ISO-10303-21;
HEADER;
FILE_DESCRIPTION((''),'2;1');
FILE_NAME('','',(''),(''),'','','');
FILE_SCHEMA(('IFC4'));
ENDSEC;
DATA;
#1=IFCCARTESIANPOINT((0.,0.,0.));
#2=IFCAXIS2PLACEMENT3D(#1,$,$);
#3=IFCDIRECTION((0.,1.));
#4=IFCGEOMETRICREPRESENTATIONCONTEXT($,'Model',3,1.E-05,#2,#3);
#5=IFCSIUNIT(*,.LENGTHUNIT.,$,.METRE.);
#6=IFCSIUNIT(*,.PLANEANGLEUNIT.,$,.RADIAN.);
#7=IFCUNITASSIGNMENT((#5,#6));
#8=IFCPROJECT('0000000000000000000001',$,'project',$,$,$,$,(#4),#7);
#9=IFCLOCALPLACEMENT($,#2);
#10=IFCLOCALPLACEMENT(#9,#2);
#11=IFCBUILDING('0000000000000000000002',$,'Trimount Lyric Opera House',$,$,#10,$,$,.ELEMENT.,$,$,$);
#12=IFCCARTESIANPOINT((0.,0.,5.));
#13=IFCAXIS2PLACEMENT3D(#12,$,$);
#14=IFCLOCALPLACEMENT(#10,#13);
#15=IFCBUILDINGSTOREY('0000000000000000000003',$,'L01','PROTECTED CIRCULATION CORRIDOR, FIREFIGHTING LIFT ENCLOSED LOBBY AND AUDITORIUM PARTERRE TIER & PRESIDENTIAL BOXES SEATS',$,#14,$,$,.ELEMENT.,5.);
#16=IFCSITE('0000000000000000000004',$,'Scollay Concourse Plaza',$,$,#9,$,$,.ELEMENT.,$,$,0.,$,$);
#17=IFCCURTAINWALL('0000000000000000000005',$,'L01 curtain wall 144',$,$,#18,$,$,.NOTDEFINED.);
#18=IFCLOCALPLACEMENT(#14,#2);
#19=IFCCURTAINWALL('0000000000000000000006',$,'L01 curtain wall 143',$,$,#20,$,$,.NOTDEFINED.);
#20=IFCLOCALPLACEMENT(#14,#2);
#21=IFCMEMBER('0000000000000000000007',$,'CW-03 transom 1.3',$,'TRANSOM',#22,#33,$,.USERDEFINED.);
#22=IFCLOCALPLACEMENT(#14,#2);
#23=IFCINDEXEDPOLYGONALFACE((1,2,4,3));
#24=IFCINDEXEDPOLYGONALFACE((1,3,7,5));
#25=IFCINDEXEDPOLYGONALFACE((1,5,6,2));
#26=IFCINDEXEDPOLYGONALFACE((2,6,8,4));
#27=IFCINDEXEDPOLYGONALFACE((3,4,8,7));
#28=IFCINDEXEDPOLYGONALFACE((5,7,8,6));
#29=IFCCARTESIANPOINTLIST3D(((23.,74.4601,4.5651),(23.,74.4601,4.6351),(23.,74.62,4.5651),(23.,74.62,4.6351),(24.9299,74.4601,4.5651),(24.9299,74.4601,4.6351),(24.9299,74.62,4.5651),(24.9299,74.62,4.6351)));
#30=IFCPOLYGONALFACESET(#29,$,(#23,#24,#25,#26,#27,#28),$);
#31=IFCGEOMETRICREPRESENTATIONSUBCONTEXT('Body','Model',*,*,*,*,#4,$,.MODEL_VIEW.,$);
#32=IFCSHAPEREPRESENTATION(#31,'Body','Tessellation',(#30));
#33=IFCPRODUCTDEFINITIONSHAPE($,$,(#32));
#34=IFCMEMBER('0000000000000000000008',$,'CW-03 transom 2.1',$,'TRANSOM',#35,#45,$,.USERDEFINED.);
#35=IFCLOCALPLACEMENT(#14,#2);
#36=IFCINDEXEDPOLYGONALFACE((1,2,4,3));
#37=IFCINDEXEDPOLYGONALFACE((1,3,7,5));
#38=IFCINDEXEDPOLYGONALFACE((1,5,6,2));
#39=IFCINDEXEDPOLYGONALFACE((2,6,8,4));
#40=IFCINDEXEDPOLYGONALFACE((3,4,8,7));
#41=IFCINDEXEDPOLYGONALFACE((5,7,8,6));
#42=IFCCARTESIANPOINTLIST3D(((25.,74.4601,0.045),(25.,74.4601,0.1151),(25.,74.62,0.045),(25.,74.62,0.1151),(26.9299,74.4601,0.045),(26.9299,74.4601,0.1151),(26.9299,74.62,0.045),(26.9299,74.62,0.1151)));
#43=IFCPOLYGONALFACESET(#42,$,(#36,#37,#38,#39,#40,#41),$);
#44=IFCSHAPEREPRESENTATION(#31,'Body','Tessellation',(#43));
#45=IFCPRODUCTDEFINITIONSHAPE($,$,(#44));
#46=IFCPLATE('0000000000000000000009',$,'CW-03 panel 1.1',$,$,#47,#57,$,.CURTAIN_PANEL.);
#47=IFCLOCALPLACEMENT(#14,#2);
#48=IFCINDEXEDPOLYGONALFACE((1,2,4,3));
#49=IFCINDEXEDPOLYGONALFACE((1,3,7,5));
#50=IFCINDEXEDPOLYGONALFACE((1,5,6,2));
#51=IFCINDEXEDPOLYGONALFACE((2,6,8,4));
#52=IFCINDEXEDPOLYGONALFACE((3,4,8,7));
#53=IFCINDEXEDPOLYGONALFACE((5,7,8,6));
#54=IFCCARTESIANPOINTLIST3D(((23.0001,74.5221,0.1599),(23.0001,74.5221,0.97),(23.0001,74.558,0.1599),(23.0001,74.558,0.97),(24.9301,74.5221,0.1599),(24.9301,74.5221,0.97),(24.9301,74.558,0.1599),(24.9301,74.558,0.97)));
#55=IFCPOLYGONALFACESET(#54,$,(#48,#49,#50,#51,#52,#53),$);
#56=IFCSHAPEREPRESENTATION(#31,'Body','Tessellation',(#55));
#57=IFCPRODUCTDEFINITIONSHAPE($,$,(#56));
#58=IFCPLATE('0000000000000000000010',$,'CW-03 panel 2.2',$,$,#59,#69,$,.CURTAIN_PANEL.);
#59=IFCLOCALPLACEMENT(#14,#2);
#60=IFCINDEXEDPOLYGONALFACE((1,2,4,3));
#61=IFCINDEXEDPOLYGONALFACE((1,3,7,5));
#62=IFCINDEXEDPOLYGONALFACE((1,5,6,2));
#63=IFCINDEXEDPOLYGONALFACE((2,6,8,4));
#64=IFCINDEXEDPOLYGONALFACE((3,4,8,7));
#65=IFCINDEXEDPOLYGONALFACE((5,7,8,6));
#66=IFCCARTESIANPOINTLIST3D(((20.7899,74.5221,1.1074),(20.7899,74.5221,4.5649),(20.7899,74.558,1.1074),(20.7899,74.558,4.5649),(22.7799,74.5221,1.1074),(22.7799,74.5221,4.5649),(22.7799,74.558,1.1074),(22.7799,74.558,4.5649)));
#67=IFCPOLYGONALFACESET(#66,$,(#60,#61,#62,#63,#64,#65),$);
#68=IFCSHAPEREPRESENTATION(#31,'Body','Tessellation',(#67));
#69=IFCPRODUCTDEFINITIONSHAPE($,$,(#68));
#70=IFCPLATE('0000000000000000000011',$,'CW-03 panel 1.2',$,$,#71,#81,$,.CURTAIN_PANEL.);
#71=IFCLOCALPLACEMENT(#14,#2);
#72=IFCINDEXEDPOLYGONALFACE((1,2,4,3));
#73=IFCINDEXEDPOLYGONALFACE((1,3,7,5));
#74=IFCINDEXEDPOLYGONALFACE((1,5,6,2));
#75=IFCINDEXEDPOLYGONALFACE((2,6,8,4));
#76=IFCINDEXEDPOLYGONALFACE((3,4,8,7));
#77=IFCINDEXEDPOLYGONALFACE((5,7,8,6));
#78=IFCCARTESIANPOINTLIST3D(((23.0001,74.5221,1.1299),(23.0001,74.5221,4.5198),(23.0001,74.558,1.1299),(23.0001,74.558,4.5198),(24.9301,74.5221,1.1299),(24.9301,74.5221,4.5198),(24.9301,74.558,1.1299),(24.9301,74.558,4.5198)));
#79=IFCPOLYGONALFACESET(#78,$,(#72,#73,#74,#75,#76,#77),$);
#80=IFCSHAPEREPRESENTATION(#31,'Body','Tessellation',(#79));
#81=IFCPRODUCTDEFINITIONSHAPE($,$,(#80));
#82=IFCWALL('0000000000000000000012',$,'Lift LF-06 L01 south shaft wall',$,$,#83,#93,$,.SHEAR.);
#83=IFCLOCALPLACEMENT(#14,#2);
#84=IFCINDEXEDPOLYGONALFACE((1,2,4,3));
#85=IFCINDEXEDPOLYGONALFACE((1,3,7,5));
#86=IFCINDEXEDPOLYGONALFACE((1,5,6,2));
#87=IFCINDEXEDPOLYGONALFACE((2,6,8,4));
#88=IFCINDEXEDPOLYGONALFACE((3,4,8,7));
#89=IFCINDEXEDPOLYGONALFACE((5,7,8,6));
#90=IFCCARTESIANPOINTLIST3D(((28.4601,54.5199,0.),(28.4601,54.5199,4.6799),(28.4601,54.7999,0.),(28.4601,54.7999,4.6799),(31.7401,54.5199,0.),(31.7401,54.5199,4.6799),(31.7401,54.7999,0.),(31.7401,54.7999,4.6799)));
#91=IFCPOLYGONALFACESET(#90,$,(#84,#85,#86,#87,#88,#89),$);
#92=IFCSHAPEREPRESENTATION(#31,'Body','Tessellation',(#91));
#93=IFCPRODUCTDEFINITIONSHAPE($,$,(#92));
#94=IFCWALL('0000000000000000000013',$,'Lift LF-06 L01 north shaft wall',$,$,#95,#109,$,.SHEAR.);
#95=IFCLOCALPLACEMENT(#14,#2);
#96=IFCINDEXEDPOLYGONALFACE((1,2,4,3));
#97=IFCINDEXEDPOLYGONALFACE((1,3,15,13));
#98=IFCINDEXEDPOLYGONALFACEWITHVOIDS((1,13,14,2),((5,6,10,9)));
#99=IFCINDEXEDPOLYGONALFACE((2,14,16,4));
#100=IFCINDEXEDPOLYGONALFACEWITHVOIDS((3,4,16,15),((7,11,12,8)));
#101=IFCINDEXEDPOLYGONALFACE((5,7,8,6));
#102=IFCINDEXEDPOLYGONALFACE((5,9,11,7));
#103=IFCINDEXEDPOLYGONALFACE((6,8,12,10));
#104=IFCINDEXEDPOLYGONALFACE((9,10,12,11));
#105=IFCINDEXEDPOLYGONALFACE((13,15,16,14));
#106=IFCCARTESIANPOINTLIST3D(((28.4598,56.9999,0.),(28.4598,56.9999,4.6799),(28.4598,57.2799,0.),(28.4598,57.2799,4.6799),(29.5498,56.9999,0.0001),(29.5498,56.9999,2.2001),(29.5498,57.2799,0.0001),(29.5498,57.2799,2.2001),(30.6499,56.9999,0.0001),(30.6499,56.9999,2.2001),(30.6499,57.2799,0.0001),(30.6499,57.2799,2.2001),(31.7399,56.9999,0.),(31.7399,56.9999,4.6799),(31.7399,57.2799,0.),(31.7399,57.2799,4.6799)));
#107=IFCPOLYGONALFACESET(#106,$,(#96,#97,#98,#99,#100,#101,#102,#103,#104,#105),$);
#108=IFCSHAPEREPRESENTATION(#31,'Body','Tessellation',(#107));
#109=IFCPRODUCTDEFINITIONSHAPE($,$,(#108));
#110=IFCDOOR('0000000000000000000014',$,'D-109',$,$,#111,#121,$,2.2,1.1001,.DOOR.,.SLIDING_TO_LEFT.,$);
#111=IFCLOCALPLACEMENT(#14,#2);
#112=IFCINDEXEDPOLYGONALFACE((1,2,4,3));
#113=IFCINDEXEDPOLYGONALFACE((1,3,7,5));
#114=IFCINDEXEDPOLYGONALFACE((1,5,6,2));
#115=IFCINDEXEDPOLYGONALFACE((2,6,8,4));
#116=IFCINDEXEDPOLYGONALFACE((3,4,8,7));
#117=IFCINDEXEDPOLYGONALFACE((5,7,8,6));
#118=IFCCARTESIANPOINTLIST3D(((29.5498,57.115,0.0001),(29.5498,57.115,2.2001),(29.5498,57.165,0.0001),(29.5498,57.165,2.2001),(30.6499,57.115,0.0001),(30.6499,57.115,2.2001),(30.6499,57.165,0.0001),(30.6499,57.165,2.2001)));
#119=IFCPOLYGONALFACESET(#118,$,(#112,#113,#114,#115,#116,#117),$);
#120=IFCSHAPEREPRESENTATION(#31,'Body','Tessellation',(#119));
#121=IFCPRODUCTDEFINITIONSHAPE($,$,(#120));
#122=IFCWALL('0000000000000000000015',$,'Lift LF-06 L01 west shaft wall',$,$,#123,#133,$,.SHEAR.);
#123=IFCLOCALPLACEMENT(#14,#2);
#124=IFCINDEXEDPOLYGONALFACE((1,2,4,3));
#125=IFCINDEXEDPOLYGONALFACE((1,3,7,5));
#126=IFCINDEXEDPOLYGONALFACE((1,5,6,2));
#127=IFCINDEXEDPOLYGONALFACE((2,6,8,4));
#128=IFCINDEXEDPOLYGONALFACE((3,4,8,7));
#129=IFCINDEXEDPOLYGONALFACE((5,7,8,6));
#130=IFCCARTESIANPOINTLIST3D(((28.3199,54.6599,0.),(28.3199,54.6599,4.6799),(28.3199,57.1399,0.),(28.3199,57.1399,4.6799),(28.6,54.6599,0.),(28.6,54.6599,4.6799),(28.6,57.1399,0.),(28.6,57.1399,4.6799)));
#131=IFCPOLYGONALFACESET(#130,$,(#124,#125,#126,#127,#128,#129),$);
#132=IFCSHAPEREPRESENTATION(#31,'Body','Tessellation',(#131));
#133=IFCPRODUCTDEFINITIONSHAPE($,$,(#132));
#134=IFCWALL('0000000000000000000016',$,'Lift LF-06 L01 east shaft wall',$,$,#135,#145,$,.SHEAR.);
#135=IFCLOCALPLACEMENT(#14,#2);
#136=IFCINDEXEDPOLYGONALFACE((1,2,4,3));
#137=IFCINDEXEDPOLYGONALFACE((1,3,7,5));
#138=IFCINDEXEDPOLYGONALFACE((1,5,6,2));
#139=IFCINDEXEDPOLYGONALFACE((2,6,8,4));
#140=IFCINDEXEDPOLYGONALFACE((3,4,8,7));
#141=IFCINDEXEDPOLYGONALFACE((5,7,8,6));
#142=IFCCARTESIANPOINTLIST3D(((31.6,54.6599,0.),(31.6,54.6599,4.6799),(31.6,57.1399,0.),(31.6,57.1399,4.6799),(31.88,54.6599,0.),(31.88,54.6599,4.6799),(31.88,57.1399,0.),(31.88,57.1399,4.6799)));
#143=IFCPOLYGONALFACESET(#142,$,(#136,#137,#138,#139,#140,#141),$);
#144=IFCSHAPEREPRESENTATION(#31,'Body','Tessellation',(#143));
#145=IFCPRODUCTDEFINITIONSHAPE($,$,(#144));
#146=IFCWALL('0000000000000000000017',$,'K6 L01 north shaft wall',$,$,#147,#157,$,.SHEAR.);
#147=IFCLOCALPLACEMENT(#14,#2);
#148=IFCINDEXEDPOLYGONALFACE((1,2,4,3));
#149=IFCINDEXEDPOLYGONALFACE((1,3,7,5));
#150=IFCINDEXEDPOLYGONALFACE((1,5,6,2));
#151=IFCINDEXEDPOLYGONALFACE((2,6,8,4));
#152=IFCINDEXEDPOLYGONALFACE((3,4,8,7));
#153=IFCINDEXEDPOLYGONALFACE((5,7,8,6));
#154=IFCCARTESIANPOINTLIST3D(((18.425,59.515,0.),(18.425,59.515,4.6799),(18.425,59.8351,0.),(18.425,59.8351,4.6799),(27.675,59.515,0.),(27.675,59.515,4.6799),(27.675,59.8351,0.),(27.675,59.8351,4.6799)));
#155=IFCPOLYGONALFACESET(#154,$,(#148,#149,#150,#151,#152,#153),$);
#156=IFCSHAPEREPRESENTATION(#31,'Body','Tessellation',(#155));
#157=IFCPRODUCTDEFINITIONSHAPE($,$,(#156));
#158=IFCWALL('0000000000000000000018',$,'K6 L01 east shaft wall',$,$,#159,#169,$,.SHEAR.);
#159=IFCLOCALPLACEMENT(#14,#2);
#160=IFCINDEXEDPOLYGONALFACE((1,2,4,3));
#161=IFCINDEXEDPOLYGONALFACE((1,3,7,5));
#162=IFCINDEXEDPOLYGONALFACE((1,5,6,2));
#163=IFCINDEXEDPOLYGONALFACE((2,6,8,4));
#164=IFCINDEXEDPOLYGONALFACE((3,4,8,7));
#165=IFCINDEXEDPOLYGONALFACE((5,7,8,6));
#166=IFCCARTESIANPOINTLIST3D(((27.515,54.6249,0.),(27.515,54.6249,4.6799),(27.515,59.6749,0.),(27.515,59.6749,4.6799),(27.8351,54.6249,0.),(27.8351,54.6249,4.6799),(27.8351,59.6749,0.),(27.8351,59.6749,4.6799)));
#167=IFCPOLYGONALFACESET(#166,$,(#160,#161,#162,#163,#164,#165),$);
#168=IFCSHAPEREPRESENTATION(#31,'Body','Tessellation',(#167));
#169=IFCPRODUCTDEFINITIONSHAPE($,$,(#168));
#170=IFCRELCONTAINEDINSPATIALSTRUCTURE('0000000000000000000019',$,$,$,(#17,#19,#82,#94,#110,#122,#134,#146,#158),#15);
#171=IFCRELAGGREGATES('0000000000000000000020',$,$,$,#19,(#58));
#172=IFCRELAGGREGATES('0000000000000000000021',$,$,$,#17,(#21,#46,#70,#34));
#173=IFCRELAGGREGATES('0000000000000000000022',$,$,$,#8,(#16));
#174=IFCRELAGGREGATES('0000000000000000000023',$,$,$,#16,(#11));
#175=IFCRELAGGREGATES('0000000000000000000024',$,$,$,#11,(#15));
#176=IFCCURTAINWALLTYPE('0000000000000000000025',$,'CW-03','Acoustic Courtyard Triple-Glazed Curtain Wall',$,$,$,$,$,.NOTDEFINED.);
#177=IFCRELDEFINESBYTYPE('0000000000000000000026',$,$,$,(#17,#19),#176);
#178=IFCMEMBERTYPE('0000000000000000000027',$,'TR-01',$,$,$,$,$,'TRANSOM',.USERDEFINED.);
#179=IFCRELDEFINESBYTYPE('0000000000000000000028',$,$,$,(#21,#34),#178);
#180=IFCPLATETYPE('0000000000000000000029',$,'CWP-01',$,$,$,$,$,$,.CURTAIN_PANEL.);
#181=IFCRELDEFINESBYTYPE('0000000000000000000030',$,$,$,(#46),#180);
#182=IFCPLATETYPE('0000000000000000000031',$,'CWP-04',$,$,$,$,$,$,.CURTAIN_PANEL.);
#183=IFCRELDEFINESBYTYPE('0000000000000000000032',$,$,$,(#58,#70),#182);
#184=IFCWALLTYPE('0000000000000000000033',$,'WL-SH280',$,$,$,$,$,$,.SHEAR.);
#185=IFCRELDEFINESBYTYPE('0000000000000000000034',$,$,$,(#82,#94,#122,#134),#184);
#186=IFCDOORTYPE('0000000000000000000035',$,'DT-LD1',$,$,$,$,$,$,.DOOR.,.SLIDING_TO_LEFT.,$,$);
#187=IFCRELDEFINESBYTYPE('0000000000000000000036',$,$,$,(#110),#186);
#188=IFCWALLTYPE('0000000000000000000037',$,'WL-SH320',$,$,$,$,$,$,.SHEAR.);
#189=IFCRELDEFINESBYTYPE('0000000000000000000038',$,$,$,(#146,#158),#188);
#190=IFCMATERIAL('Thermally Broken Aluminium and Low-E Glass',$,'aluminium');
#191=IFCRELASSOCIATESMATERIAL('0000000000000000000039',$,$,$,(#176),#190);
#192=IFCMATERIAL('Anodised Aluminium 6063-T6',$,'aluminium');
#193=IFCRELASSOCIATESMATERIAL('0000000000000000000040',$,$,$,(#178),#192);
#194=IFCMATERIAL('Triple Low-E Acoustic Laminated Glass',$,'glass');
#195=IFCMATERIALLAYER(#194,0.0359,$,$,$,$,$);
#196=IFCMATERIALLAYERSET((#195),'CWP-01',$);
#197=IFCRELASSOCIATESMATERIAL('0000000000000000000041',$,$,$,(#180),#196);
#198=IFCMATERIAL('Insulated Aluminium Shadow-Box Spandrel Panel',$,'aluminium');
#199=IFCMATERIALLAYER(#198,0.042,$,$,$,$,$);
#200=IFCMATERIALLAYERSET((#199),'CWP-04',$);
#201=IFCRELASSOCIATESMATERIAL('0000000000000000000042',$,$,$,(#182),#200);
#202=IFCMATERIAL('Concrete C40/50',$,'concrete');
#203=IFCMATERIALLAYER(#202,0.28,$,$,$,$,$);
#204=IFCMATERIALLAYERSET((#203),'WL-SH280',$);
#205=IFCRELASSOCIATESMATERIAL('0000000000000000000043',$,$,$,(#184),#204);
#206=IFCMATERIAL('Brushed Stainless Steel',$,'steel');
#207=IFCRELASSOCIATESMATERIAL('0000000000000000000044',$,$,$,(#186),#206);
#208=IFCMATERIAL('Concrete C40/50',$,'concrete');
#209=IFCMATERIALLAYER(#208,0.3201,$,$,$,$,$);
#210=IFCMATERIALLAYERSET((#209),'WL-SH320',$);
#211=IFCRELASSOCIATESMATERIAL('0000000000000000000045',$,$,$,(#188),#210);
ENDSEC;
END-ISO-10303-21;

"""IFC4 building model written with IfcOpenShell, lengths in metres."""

from ifc_helpers import new_model, si_unit, direction, frame, frame_2d, origin, origin_2d, place, context, subcontext, project, spatial, rectangle, extrude, material, layer, layer_set, material_profile, profile_set, type_object, element, fill, aggregate, save


model = new_model("IFC4")

# Units and contexts
model_context = context("Model", 3, precision=1e-05, world=origin(), true_north=direction((0.0, 1.0)))
body_context = subcontext(model_context, "Body", "Model", "MODEL_VIEW")
ifc_project = project(units=[si_unit("LENGTHUNIT", "METRE"), si_unit("PLANEANGLEUNIT", "RADIAN")], contexts=[model_context])

# Site, building, storey
site_placement = place(None, origin())
site = spatial("IfcSite", under=ifc_project, at=site_placement, Name="Scollay Concourse Plaza", CompositionType="ELEMENT", RefElevation=0.0)
building_placement = place(site_placement, origin())
building = spatial("IfcBuilding", under=site, at=building_placement, Name="Trimount Lyric Opera House", CompositionType="ELEMENT")
storey_placement = place(building_placement, frame((0.0, 0.0, 5.0)))
storey = spatial("IfcBuildingStorey", under=building, at=storey_placement, Name="L01", Description="PROTECTED CIRCULATION CORRIDOR, FIREFIGHTING LIFT ENCLOSED LOBBY AND AUDITORIUM PARTERRE TIER & PRESIDENTIAL BOXES SEATS", CompositionType="ELEMENT", Elevation=5.0)

# Curtain wall
ifc_material_1 = material(Name="Thermally Broken Aluminium and Low-E Glass", Category="aluminium")
curtain_wall_type = type_object("IfcCurtainWallType", Name="CW-03", Description="Acoustic Courtyard Triple-Glazed Curtain Wall", PredefinedType="NOTDEFINED", material=ifc_material_1)
curtain_wall_1_placement = place(storey_placement, origin())
curtain_wall_1 = element("IfcCurtainWall", 1, at=curtain_wall_1_placement, inside=storey, type_object=curtain_wall_type, Name="L01 curtain wall 144", PredefinedType="NOTDEFINED")

# Curtain wall
curtain_wall_2_placement = place(storey_placement, origin())
curtain_wall_2 = element("IfcCurtainWall", 2, at=curtain_wall_2_placement, inside=storey, type_object=curtain_wall_type, Name="L01 curtain wall 143", PredefinedType="NOTDEFINED")

# Members
ifc_material_2 = material(Name="Anodised Aluminium 6063-T6", Category="aluminium")
ifc_material_profile_1 = material_profile(ifc_material_2, rectangle(XDim=0.1599, YDim=0.0701, at=origin_2d()), Name="ALU-TRAN-70X160")
ifc_profile_set_1 = profile_set([ifc_material_profile_1], Name="Anodised Aluminium 6063-T6")
member_type_1 = type_object("IfcMemberType", Name="TR-01", ElementType="TRANSOM", PredefinedType="USERDEFINED", material=ifc_profile_set_1)
member_1_placement = place(storey_placement, frame((23.0, 74.54, 4.6001), z_axis=(1.0, 0.0, 0.0), x_axis=(0.0, 1.0, 0.0)))
member_1 = element("IfcMember", 3, at=member_1_placement, type_object=member_type_1, Name="CW-03 transom 1.3", ObjectType="TRANSOM", PredefinedType="USERDEFINED", context=body_context, shape_type="SweptSolid", body=[
    extrude(rectangle(XDim=0.1599, YDim=0.0701, at=origin_2d()), origin(), (0.0, 0.0, 1.0), 1.9299),
])
member_2_placement = place(storey_placement, frame((25.0, 74.54, 0.0801), z_axis=(1.0, 0.0, 0.0), x_axis=(0.0, 1.0, 0.0)))
member_2 = element("IfcMember", 4, at=member_2_placement, type_object=member_type_1, Name="CW-03 transom 2.1", ObjectType="TRANSOM", PredefinedType="USERDEFINED", context=body_context, shape_type="SweptSolid", body=[
    extrude(rectangle(XDim=0.1599, YDim=0.0701, at=origin_2d()), origin(), (0.0, 0.0, 1.0), 1.9299),
])

# Plates
ifc_material_3 = material(Name="Triple Low-E Acoustic Laminated Glass", Category="glass")
ifc_layer_1 = layer(ifc_material_3, 0.0359)
ifc_layer_set_1 = layer_set([ifc_layer_1], Name="CWP-01")
plate_type_1 = type_object("IfcPlateType", Name="CWP-01", PredefinedType="CURTAIN_PANEL", material=ifc_layer_set_1)
plate_1_placement = place(storey_placement, frame((23.9651, 74.54, 0.1599), z_axis=(0.0, 0.0, 1.0), x_axis=(1.0, 0.0, 0.0)))
plate_1 = element("IfcPlate", 5, at=plate_1_placement, type_object=plate_type_1, Name="CW-03 panel 1.1", PredefinedType="CURTAIN_PANEL", context=body_context, shape_type="SweptSolid", body=[
    extrude(rectangle(XDim=1.9299, YDim=0.0359, at=origin_2d()), origin(), (0.0, 0.0, 1.0), 0.8101),
])
ifc_material_4 = material(Name="Insulated Aluminium Shadow-Box Spandrel Panel", Category="aluminium")
ifc_layer_2 = layer(ifc_material_4, 0.042)
ifc_layer_set_2 = layer_set([ifc_layer_2], Name="CWP-04")
plate_type_2 = type_object("IfcPlateType", Name="CWP-04", PredefinedType="CURTAIN_PANEL", material=ifc_layer_set_2)
plate_2_placement = place(storey_placement, frame((21.7849, 74.54, 1.1074), z_axis=(0.0, 0.0, 1.0), x_axis=(1.0, 0.0, 0.0)))
plate_2 = element("IfcPlate", 6, at=plate_2_placement, type_object=plate_type_2, Name="CW-03 panel 2.2", PredefinedType="CURTAIN_PANEL", context=body_context, shape_type="SweptSolid", body=[
    extrude(rectangle(XDim=1.99, YDim=0.0359, at=origin_2d()), origin(), (0.0, 0.0, 1.0), 3.4575),
])
aggregate(curtain_wall_2, [plate_2])
plate_3_placement = place(storey_placement, frame((23.9651, 74.54, 1.1299), z_axis=(0.0, 0.0, 1.0), x_axis=(1.0, 0.0, 0.0)))
plate_3 = element("IfcPlate", 7, at=plate_3_placement, type_object=plate_type_2, Name="CW-03 panel 1.2", PredefinedType="CURTAIN_PANEL", context=body_context, shape_type="SweptSolid", body=[
    extrude(rectangle(XDim=1.9299, YDim=0.0359, at=origin_2d()), origin(), (0.0, 0.0, 1.0), 3.3899),
])
aggregate(curtain_wall_1, [member_1, plate_1, plate_3, member_2])

# Wall
ifc_material_5 = material(Name="Concrete C40/50", Category="concrete")
ifc_layer_3 = layer(ifc_material_5, 0.28)
ifc_layer_set_3 = layer_set([ifc_layer_3], Name="WL-SH280")
wall_type_1 = type_object("IfcWallType", Name="WL-SH280", PredefinedType="SHEAR", material=ifc_layer_set_3)
wall_1_placement = place(storey_placement, frame((28.46, 54.6599, 0.0), z_axis=(0.0, 0.0, 1.0), x_axis=(1.0, 0.0, 0.0)))
element("IfcWall", 8, at=wall_1_placement, inside=storey, type_object=wall_type_1, Name="Lift LF-06 L01 south shaft wall", PredefinedType="SHEAR", context=body_context, shape_type="SweptSolid", body=[
    extrude(rectangle(XDim=3.28, YDim=0.28, at=frame_2d((1.6401, 0.0))), origin(), (0.0, 0.0, 1.0), 4.6799),
])

# Wall, opening, door
wall_2_placement = place(storey_placement, frame((31.74, 57.1399, 0.0), z_axis=(0.0, 0.0, 1.0), x_axis=(-1.0, 0.0, 0.0)))
wall_2 = element("IfcWall", 9, at=wall_2_placement, inside=storey, type_object=wall_type_1, Name="Lift LF-06 L01 north shaft wall", PredefinedType="SHEAR", context=body_context, shape_type="SweptSolid", body=[
    extrude(rectangle(XDim=3.28, YDim=0.28, at=frame_2d((1.6401, 0.0))), origin(), (0.0, 0.0, 1.0), 4.6799),
])
opening_placement = place(wall_2_placement, frame((1.0901, 0.0, 0.0)))
opening = element("IfcOpeningElement", 10, at=opening_placement, cuts=wall_2, PredefinedType="OPENING", context=body_context, shape_type="SweptSolid", body=[
    extrude(rectangle(XDim=1.1001, YDim=2.2, at=frame_2d((0.55, 1.1001))), frame((0.0, 0.1499, 0.0), z_axis=(0.0, -1.0, 0.0), x_axis=(1.0, 0.0, 0.0)), (0.0, 0.0, 1.0), 0.3),
])
ifc_material_6 = material(Name="Brushed Stainless Steel", Category="steel")
door_type = type_object("IfcDoorType", Name="DT-LD1", OperationType="SLIDING_TO_LEFT", PredefinedType="DOOR", material=ifc_material_6)
door_placement = place(opening_placement, origin())
door = element("IfcDoor", 11, at=door_placement, inside=storey, type_object=door_type, Name="D-109", OperationType="SLIDING_TO_LEFT", OverallHeight=2.2, OverallWidth=1.1001, PredefinedType="DOOR", context=body_context, shape_type="SweptSolid", body=[
    extrude(rectangle(XDim=1.1001, YDim=2.2, at=frame_2d((0.55, 1.1001))), frame((0.0, 0.0249, 0.0), z_axis=(0.0, -1.0, 0.0), x_axis=(1.0, 0.0, 0.0)), (0.0, 0.0, 1.0), 0.05),
])
fill(opening, door)

# Walls
for number, where, z_axis, x_axis, name in (
    (12, (28.46, 57.1399, 0.0), (0.0, 0.0, 1.0), (0.0, -1.0, 0.0), "Lift LF-06 L01 west shaft wall"),
    (13, (31.74, 54.6599, 0.0), (0.0, 0.0, 1.0), (0.0, 1.0, 0.0), "Lift LF-06 L01 east shaft wall"),
):
    element("IfcWall", number, at=place(storey_placement, frame(where, z_axis=z_axis, x_axis=x_axis)), inside=storey, type_object=wall_type_1, Name=name, PredefinedType="SHEAR", context=body_context, shape_type="SweptSolid", body=[
        extrude(rectangle(XDim=2.48, YDim=0.28, at=frame_2d((1.24, 0.0))), origin(), (0.0, 0.0, 1.0), 4.6799),
    ])
ifc_material_7 = material(Name="Concrete C40/50", Category="concrete")
ifc_layer_4 = layer(ifc_material_7, 0.3201)
ifc_layer_set_4 = layer_set([ifc_layer_4], Name="WL-SH320")
wall_type_2 = type_object("IfcWallType", Name="WL-SH320", PredefinedType="SHEAR", material=ifc_layer_set_4)
wall_3_placement = place(storey_placement, frame((27.675, 59.675, 0.0), z_axis=(0.0, 0.0, 1.0), x_axis=(-1.0, 0.0, 0.0)))
element("IfcWall", 14, at=wall_3_placement, inside=storey, type_object=wall_type_2, Name="K6 L01 north shaft wall", PredefinedType="SHEAR", context=body_context, shape_type="SweptSolid", body=[
    extrude(rectangle(XDim=9.25, YDim=0.3201, at=frame_2d((4.625, 0.0))), origin(), (0.0, 0.0, 1.0), 4.6799),
])
wall_4_placement = place(storey_placement, frame((27.675, 54.625, 0.0), z_axis=(0.0, 0.0, 1.0), x_axis=(0.0, 1.0, 0.0)))
element("IfcWall", 15, at=wall_4_placement, inside=storey, type_object=wall_type_2, Name="K6 L01 east shaft wall", PredefinedType="SHEAR", context=body_context, shape_type="SweptSolid", body=[
    extrude(rectangle(XDim=5.05, YDim=0.3201, at=frame_2d((2.5249, 0.0))), origin(), (0.0, 0.0, 1.0), 4.6799),
])

save(model, "model.ifc")
